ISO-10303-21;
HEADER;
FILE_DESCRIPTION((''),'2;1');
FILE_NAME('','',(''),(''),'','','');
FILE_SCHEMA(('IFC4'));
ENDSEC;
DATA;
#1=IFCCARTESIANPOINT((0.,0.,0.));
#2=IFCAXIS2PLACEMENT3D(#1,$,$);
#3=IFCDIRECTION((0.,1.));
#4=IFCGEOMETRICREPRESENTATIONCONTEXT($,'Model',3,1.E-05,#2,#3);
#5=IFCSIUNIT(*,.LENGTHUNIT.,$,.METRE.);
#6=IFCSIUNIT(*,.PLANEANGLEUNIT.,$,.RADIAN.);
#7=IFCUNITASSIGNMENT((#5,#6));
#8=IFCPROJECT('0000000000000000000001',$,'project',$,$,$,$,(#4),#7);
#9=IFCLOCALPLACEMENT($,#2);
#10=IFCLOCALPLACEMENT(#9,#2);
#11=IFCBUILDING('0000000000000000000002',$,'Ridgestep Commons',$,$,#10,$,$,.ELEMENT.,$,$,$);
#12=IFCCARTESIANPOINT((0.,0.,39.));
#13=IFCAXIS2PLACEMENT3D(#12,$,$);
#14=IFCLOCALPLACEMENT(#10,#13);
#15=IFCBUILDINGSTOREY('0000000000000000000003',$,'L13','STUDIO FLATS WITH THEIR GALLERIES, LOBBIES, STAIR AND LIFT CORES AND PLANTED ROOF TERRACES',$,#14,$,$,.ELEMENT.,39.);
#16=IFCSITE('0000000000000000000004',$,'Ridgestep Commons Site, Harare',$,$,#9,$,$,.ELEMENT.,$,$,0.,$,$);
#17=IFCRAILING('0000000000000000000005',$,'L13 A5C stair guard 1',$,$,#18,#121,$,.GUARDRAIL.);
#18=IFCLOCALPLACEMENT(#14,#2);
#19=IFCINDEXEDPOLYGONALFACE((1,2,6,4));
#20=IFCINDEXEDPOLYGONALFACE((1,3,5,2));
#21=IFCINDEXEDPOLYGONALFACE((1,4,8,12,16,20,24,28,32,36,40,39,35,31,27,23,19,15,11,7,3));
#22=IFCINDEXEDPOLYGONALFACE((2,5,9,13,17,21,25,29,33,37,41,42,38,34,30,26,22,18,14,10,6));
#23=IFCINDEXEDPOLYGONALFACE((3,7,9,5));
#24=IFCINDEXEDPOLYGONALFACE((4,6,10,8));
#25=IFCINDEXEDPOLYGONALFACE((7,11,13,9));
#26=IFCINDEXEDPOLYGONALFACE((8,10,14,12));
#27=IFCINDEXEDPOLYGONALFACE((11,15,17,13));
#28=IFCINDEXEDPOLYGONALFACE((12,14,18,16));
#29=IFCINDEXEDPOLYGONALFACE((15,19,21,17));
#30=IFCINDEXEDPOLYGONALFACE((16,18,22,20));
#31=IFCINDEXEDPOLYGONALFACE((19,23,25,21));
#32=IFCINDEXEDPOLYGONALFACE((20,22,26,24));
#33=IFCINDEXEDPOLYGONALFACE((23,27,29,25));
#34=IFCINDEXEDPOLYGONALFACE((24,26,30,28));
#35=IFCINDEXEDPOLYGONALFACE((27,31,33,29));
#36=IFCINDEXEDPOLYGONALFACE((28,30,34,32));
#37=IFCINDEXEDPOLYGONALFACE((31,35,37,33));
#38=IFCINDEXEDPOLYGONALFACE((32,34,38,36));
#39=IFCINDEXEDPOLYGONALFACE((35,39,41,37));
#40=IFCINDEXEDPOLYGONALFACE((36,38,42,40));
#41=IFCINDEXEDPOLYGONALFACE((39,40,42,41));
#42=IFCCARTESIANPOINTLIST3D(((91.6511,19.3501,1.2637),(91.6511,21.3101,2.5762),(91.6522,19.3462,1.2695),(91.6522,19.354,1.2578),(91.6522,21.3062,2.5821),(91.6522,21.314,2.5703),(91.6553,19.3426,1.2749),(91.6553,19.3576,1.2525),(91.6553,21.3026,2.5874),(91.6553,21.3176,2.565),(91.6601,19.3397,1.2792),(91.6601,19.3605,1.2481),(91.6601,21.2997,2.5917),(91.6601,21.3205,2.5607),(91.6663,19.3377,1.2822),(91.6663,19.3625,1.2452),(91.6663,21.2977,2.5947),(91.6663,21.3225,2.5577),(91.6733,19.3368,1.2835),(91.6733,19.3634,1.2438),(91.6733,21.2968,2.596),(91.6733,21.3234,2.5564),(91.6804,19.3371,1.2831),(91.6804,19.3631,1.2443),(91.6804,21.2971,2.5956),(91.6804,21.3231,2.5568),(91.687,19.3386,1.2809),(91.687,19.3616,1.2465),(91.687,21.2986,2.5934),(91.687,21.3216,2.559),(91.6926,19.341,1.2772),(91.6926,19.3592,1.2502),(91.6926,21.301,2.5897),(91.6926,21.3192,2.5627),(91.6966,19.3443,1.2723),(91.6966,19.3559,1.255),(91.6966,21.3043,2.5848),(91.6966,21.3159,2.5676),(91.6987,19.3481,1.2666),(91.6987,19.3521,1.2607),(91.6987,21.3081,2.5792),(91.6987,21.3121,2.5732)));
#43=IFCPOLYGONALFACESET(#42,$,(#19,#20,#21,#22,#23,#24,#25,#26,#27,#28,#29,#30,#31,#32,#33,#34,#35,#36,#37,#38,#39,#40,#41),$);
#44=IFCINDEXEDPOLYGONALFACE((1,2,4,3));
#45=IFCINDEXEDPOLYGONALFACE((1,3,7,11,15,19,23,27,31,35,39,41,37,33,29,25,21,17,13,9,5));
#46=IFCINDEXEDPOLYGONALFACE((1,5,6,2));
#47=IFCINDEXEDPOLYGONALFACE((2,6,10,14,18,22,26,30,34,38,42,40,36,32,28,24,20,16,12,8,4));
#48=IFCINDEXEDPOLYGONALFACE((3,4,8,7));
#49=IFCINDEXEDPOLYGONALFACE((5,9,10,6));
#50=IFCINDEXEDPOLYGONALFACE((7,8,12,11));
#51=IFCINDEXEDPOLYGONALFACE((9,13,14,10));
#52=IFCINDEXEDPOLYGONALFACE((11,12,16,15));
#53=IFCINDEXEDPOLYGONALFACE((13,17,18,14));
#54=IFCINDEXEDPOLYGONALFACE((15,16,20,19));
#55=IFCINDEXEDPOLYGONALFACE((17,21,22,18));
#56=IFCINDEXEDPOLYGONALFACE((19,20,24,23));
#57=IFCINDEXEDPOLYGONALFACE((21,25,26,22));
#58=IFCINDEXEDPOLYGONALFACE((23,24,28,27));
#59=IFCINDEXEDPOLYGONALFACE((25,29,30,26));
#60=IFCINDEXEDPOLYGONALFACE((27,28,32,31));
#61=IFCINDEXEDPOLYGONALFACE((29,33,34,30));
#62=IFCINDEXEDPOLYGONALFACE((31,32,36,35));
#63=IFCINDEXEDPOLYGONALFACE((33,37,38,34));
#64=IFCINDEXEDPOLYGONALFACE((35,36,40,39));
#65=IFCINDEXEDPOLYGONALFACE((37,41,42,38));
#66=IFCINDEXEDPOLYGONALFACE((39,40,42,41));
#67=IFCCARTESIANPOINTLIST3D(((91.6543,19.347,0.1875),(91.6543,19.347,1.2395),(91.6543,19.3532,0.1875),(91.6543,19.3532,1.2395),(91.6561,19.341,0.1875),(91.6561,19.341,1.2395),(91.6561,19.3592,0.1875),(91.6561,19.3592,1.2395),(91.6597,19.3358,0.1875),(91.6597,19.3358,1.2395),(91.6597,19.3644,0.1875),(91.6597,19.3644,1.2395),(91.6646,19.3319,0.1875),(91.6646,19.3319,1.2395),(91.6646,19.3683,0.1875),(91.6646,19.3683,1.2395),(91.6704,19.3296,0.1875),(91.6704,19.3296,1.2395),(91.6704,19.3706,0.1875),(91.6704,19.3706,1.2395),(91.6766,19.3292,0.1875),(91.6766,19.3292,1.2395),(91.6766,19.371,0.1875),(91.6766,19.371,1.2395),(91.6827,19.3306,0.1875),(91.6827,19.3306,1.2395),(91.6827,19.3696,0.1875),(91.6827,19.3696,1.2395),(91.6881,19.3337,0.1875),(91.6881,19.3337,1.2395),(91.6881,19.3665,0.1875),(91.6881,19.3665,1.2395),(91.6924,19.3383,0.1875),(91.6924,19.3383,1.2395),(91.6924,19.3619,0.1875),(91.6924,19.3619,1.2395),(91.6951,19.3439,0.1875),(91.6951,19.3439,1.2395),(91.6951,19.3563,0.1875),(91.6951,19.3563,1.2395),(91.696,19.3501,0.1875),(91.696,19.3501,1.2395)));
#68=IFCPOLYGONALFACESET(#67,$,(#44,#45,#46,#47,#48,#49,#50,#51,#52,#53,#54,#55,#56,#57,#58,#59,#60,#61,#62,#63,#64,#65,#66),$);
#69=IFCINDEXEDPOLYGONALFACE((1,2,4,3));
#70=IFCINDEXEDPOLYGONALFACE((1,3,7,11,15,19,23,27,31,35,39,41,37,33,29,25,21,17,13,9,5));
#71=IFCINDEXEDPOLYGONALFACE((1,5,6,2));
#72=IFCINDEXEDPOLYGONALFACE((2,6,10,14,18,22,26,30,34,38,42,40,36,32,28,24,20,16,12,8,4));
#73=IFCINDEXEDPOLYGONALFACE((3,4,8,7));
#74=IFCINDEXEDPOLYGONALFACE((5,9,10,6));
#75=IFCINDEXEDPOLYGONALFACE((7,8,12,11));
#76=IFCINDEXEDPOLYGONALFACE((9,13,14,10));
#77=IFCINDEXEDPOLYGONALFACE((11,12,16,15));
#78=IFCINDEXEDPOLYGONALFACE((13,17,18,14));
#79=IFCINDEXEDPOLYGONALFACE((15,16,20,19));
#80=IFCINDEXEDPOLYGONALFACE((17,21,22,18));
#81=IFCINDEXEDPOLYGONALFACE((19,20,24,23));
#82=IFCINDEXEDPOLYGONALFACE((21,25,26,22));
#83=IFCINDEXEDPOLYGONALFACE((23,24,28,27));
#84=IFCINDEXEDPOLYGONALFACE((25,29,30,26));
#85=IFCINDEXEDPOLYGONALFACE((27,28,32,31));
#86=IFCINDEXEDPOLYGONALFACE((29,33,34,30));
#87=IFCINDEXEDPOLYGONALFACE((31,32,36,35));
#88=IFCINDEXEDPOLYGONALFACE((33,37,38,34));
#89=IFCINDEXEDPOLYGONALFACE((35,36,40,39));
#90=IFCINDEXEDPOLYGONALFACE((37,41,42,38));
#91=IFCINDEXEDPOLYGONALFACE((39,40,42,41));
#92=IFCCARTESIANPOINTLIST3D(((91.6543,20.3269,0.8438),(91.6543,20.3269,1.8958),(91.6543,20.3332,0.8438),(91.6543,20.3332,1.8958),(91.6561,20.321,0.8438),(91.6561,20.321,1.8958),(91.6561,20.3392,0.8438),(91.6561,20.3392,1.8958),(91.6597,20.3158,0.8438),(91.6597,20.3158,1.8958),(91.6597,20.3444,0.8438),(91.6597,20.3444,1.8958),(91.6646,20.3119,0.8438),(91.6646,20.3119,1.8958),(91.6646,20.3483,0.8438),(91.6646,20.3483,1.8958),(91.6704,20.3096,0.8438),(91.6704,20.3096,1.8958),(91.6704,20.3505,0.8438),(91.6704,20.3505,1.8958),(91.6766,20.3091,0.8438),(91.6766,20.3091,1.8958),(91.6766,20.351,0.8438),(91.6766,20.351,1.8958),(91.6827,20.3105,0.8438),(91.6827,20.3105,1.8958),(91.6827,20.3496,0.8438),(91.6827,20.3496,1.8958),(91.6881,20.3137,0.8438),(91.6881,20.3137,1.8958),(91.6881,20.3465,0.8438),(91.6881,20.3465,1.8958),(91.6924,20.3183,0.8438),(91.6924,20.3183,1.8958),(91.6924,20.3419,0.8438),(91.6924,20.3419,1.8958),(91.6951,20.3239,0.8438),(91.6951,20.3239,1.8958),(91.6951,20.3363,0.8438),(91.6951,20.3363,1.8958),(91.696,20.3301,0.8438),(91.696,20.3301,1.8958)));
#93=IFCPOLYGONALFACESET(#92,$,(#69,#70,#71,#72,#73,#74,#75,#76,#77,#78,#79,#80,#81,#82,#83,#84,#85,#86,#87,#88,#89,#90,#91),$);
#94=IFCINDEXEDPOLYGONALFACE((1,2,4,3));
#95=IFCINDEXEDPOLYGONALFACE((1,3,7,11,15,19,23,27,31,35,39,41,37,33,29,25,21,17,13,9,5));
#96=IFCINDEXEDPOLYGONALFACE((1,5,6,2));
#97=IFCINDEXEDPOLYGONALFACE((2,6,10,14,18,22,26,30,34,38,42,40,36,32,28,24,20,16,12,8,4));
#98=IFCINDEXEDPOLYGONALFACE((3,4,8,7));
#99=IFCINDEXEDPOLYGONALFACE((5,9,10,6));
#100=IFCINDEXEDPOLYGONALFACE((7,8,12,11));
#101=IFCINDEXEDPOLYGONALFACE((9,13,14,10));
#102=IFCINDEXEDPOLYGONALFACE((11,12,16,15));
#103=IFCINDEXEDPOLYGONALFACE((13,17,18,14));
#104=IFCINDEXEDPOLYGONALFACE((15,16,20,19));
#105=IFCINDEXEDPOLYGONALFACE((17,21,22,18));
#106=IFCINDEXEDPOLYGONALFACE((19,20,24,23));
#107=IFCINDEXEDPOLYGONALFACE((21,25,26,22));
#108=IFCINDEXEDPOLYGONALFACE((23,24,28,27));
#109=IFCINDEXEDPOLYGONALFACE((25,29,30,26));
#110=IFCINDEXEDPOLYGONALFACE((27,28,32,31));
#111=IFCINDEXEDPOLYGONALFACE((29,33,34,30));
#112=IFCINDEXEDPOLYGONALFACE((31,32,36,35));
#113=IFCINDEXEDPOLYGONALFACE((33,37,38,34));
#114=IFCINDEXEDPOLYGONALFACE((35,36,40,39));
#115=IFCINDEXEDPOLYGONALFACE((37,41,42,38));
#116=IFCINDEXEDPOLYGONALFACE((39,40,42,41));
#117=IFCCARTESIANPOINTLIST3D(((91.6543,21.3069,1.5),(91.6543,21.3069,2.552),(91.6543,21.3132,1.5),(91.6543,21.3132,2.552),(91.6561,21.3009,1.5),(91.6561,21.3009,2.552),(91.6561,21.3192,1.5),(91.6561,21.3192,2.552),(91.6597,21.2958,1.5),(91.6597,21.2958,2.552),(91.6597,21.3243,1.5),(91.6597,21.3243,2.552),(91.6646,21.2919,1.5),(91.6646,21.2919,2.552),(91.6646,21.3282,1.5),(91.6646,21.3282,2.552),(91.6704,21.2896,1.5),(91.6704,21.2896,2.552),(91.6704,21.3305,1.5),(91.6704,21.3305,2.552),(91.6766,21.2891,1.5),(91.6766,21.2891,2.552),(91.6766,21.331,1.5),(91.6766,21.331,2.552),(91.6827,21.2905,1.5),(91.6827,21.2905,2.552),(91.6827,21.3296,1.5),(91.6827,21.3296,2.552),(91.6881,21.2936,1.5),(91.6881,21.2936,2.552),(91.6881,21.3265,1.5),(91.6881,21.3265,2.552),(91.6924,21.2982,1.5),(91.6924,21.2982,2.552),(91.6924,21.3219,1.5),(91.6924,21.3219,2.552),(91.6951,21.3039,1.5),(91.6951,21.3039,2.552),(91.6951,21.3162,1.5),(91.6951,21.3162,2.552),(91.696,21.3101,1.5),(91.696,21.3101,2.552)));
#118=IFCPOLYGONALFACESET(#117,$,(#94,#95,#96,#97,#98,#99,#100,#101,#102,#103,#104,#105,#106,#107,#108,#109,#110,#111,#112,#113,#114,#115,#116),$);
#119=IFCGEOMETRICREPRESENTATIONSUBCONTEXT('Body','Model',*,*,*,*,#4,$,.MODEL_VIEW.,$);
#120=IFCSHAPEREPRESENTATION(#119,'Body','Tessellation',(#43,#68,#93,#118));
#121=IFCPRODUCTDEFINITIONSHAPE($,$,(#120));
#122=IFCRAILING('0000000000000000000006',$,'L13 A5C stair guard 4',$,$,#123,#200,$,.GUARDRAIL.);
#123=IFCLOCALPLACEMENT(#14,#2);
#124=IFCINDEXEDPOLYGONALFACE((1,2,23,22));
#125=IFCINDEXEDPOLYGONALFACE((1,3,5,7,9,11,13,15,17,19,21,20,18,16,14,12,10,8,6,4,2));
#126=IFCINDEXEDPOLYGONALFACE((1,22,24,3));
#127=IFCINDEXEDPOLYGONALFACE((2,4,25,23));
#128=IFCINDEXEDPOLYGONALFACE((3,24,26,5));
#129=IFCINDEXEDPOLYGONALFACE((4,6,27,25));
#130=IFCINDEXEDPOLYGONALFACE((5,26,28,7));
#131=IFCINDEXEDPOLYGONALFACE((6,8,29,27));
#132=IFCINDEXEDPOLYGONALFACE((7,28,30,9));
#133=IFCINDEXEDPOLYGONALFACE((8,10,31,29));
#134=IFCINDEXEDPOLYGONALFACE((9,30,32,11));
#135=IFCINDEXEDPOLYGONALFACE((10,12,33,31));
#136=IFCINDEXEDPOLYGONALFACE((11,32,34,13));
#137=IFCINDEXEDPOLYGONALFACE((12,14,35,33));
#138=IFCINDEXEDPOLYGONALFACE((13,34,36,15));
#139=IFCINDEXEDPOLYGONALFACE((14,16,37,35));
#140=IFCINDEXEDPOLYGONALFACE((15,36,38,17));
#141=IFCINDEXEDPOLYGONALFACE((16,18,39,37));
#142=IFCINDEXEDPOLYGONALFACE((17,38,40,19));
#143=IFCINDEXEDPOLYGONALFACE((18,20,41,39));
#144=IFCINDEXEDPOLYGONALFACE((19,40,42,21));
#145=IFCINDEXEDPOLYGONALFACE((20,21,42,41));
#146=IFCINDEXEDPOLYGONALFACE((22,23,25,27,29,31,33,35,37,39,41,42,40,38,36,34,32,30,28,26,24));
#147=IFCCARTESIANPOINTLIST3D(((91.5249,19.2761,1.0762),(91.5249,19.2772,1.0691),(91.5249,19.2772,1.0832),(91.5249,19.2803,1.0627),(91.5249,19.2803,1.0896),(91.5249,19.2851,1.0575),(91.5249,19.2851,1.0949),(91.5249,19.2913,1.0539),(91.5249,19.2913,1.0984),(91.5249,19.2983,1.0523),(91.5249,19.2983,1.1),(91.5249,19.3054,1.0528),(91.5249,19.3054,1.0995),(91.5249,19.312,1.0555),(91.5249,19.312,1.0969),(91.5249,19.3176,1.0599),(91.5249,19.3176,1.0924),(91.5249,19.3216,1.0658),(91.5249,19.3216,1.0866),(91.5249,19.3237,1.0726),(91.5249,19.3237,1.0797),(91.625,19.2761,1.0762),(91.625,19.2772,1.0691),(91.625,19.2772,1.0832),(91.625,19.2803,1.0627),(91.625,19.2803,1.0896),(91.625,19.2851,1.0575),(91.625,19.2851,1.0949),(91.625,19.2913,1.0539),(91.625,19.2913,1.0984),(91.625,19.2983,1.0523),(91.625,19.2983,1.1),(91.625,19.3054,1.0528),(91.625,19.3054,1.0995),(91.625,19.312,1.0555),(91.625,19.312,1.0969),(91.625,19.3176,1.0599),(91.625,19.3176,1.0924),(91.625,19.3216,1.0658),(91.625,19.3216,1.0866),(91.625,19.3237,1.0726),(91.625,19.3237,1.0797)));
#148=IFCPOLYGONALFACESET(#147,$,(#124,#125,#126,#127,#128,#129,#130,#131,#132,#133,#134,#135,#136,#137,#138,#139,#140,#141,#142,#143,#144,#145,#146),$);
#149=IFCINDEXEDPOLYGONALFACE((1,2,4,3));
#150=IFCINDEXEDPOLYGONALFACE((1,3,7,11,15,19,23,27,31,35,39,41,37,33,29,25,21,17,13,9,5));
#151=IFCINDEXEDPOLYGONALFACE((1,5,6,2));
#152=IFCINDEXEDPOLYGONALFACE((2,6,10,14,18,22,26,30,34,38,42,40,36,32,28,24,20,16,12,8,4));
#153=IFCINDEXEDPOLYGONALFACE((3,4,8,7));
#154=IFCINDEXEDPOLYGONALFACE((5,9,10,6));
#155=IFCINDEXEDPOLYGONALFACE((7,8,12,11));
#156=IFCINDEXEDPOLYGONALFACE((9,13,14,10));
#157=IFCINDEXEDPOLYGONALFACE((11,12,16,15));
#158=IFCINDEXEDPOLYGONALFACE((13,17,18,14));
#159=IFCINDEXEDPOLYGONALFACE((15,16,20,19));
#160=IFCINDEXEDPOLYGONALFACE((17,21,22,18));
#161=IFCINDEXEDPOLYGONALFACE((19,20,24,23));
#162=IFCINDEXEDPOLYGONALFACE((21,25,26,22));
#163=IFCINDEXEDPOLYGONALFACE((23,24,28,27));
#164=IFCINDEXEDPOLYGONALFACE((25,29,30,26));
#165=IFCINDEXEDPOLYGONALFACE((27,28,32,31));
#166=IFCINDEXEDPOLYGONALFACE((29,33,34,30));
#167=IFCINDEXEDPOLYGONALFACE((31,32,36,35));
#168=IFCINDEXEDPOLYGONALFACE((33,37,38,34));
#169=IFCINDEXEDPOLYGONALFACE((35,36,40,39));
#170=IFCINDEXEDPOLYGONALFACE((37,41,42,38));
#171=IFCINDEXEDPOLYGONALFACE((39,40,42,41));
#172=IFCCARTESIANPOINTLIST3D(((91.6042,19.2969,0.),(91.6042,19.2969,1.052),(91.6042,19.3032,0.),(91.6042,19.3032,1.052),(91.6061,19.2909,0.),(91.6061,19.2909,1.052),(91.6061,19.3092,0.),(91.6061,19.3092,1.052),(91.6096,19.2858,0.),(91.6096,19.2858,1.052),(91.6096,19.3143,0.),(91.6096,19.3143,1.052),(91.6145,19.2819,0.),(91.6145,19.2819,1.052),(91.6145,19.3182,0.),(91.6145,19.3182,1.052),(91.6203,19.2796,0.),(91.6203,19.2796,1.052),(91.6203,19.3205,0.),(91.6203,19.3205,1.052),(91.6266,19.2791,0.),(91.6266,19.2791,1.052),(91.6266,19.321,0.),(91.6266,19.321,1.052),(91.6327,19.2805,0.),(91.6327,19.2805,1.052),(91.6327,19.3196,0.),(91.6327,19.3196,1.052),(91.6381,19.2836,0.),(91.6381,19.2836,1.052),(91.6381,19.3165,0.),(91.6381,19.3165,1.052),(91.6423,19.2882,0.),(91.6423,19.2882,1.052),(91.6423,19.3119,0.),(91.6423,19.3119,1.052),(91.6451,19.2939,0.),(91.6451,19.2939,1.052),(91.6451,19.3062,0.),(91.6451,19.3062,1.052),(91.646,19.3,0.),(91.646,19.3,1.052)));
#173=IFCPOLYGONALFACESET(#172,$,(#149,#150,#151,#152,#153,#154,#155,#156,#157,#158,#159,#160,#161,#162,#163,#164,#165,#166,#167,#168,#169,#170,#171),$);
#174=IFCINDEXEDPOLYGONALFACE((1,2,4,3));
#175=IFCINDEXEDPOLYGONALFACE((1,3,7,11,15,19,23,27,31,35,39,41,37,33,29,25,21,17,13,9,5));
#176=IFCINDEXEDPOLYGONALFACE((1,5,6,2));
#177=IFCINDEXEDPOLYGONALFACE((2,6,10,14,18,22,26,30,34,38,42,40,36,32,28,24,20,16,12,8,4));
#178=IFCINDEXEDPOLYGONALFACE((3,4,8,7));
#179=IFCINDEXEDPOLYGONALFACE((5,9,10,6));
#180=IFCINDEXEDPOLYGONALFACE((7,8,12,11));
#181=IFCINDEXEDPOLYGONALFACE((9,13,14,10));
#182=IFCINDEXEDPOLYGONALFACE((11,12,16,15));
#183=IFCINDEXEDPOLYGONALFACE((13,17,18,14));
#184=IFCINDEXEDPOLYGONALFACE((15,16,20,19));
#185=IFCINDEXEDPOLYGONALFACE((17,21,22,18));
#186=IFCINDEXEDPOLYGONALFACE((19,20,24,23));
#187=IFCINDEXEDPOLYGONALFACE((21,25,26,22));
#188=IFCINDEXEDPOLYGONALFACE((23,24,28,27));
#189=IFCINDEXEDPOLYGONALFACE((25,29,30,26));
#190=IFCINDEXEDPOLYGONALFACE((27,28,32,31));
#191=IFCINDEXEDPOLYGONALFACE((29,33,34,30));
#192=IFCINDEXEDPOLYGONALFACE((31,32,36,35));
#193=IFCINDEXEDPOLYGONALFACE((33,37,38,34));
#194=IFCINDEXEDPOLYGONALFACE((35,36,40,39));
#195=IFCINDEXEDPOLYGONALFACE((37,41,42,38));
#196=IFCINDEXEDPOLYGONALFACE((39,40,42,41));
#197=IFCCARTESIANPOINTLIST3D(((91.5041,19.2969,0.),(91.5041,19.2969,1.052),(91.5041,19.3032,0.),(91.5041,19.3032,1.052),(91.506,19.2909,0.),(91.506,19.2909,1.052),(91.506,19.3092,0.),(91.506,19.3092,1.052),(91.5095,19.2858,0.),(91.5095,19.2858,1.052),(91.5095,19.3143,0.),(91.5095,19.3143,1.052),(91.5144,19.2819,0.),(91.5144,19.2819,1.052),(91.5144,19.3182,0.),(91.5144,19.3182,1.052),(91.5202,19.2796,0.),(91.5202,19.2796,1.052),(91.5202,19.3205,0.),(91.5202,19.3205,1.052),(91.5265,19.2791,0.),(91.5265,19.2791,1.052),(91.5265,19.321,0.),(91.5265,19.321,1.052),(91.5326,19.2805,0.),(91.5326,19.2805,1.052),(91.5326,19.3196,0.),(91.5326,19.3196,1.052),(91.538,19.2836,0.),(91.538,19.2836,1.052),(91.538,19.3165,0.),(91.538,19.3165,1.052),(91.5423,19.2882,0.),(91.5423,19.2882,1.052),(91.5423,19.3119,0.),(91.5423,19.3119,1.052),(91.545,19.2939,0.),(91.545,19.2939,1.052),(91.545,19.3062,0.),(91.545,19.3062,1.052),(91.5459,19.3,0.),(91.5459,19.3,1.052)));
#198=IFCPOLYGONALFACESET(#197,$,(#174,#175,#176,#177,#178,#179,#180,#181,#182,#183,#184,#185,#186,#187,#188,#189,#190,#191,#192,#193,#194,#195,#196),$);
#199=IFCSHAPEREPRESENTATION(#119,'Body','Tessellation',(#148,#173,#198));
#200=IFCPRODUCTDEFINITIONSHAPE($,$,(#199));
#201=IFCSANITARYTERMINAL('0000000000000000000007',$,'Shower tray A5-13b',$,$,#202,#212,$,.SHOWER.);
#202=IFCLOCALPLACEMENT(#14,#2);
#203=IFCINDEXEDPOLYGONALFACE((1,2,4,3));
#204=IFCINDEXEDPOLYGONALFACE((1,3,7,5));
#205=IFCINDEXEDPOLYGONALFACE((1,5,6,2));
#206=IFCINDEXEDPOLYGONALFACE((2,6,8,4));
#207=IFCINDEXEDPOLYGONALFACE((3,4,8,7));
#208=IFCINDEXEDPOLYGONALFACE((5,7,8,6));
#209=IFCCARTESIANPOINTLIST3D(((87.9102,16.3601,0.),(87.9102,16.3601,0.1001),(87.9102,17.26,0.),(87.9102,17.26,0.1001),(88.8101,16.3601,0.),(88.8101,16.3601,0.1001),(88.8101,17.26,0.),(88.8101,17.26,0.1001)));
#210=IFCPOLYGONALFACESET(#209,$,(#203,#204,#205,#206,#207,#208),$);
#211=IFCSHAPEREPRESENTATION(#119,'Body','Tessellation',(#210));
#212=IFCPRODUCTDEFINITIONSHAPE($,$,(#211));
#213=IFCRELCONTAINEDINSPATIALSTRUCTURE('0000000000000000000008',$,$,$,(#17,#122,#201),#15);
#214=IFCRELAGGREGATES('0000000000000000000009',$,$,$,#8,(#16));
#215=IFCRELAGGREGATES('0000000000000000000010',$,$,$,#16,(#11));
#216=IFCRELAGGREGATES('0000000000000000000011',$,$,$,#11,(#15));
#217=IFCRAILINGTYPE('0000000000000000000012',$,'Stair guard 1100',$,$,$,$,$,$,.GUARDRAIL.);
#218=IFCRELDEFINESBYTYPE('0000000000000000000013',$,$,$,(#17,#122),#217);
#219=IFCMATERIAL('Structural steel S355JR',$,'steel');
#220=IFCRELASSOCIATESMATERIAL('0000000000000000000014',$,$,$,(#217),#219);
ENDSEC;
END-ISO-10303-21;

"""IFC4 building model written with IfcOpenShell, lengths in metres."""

from ifc_helpers import new_model, si_unit, direction, frame, origin, origin_2d, place, context, subcontext, project, spatial, rectangle, circle, extrude, material, type_object, element, save


model = new_model("IFC4")

# Units and contexts
model_context = context("Model", 3, precision=1e-05, world=origin(), true_north=direction((0.0, 1.0)))
body_context = subcontext(model_context, "Body", "Model", "MODEL_VIEW")
ifc_project = project(units=[si_unit("LENGTHUNIT", "METRE"), si_unit("PLANEANGLEUNIT", "RADIAN")], contexts=[model_context])

# Site, building, storey
site_placement = place(None, origin())
site = spatial("IfcSite", under=ifc_project, at=site_placement, Name="Ridgestep Commons Site, Harare", CompositionType="ELEMENT", RefElevation=0.0)
building_placement = place(site_placement, origin())
building = spatial("IfcBuilding", under=site, at=building_placement, Name="Ridgestep Commons", CompositionType="ELEMENT")
storey_placement = place(building_placement, frame((0.0, 0.0, 39.0)))
storey = spatial("IfcBuildingStorey", under=building, at=storey_placement, Name="L13", Description="STUDIO FLATS WITH THEIR GALLERIES, LOBBIES, STAIR AND LIFT CORES AND PLANTED ROOF TERRACES", CompositionType="ELEMENT", Elevation=39.0)

# Railings
ifc_material_1 = material(Name="Structural steel S355JR", Category="steel")
railing_type_1 = type_object("IfcRailingType", Name="Stair guard 1100", PredefinedType="GUARDRAIL", material=ifc_material_1)
railing_1_placement = place(storey_placement, frame((91.675, 19.3501, 0.1875)))
element("IfcRailing", 1, at=railing_1_placement, inside=storey, type_object=railing_type_1, Name="L13 A5C stair guard 1", PredefinedType="GUARDRAIL", context=body_context, shape_type="SweptSolid", body=[
    extrude(circle(Radius=0.0239, at=origin_2d()), frame((0.0, 0.0, 1.0762), z_axis=(0.0, 0.830902, 0.556419), x_axis=(-1.0, 0.0, 0.0)), (0.0, 0.0, 1.0), 2.3589),
    extrude(circle(Radius=0.021, at=origin_2d()), origin(), (0.0, 0.0, 1.0), 1.052),
    extrude(circle(Radius=0.021, at=origin_2d()), frame((0.0, 0.98, 0.6562)), (0.0, 0.0, 1.0), 1.052),
    extrude(circle(Radius=0.021, at=origin_2d()), frame((0.0, 1.96, 1.3125)), (0.0, 0.0, 1.0), 1.052),
])
railing_2_placement = place(storey_placement, frame((91.625, 19.3, 0.0)))
element("IfcRailing", 2, at=railing_2_placement, inside=storey, type_object=railing_type_1, Name="L13 A5C stair guard 4", PredefinedType="GUARDRAIL", context=body_context, shape_type="SweptSolid", body=[
    extrude(circle(Radius=0.0239, at=origin_2d()), frame((0.0, 0.0, 1.0762), z_axis=(-1.0, 0.0, 0.0), x_axis=(0.0, -1.0, 0.0)), (0.0, 0.0, 1.0), 0.1001),
    extrude(circle(Radius=0.021, at=origin_2d()), origin(), (0.0, 0.0, 1.0), 1.052),
    extrude(circle(Radius=0.021, at=origin_2d()), frame((-0.1001, 0.0, 0.0)), (0.0, 0.0, 1.0), 1.052),
])

# Sanitary terminal
sanitary_terminal_1_placement = place(storey_placement, frame((88.3601, 16.8101, 0.0), z_axis=(0.0, 0.0, 1.0), x_axis=(1.0, 0.0, 0.0)))
element("IfcSanitaryTerminal", 3, at=sanitary_terminal_1_placement, inside=storey, Name="Shower tray A5-13b", PredefinedType="SHOWER", context=body_context, shape_type="SweptSolid", body=[
    extrude(rectangle(XDim=0.8999, YDim=0.8999, at=origin_2d()), origin(), (0.0, 0.0, 1.0), 0.1001),
])

save(model, "model.ifc")
